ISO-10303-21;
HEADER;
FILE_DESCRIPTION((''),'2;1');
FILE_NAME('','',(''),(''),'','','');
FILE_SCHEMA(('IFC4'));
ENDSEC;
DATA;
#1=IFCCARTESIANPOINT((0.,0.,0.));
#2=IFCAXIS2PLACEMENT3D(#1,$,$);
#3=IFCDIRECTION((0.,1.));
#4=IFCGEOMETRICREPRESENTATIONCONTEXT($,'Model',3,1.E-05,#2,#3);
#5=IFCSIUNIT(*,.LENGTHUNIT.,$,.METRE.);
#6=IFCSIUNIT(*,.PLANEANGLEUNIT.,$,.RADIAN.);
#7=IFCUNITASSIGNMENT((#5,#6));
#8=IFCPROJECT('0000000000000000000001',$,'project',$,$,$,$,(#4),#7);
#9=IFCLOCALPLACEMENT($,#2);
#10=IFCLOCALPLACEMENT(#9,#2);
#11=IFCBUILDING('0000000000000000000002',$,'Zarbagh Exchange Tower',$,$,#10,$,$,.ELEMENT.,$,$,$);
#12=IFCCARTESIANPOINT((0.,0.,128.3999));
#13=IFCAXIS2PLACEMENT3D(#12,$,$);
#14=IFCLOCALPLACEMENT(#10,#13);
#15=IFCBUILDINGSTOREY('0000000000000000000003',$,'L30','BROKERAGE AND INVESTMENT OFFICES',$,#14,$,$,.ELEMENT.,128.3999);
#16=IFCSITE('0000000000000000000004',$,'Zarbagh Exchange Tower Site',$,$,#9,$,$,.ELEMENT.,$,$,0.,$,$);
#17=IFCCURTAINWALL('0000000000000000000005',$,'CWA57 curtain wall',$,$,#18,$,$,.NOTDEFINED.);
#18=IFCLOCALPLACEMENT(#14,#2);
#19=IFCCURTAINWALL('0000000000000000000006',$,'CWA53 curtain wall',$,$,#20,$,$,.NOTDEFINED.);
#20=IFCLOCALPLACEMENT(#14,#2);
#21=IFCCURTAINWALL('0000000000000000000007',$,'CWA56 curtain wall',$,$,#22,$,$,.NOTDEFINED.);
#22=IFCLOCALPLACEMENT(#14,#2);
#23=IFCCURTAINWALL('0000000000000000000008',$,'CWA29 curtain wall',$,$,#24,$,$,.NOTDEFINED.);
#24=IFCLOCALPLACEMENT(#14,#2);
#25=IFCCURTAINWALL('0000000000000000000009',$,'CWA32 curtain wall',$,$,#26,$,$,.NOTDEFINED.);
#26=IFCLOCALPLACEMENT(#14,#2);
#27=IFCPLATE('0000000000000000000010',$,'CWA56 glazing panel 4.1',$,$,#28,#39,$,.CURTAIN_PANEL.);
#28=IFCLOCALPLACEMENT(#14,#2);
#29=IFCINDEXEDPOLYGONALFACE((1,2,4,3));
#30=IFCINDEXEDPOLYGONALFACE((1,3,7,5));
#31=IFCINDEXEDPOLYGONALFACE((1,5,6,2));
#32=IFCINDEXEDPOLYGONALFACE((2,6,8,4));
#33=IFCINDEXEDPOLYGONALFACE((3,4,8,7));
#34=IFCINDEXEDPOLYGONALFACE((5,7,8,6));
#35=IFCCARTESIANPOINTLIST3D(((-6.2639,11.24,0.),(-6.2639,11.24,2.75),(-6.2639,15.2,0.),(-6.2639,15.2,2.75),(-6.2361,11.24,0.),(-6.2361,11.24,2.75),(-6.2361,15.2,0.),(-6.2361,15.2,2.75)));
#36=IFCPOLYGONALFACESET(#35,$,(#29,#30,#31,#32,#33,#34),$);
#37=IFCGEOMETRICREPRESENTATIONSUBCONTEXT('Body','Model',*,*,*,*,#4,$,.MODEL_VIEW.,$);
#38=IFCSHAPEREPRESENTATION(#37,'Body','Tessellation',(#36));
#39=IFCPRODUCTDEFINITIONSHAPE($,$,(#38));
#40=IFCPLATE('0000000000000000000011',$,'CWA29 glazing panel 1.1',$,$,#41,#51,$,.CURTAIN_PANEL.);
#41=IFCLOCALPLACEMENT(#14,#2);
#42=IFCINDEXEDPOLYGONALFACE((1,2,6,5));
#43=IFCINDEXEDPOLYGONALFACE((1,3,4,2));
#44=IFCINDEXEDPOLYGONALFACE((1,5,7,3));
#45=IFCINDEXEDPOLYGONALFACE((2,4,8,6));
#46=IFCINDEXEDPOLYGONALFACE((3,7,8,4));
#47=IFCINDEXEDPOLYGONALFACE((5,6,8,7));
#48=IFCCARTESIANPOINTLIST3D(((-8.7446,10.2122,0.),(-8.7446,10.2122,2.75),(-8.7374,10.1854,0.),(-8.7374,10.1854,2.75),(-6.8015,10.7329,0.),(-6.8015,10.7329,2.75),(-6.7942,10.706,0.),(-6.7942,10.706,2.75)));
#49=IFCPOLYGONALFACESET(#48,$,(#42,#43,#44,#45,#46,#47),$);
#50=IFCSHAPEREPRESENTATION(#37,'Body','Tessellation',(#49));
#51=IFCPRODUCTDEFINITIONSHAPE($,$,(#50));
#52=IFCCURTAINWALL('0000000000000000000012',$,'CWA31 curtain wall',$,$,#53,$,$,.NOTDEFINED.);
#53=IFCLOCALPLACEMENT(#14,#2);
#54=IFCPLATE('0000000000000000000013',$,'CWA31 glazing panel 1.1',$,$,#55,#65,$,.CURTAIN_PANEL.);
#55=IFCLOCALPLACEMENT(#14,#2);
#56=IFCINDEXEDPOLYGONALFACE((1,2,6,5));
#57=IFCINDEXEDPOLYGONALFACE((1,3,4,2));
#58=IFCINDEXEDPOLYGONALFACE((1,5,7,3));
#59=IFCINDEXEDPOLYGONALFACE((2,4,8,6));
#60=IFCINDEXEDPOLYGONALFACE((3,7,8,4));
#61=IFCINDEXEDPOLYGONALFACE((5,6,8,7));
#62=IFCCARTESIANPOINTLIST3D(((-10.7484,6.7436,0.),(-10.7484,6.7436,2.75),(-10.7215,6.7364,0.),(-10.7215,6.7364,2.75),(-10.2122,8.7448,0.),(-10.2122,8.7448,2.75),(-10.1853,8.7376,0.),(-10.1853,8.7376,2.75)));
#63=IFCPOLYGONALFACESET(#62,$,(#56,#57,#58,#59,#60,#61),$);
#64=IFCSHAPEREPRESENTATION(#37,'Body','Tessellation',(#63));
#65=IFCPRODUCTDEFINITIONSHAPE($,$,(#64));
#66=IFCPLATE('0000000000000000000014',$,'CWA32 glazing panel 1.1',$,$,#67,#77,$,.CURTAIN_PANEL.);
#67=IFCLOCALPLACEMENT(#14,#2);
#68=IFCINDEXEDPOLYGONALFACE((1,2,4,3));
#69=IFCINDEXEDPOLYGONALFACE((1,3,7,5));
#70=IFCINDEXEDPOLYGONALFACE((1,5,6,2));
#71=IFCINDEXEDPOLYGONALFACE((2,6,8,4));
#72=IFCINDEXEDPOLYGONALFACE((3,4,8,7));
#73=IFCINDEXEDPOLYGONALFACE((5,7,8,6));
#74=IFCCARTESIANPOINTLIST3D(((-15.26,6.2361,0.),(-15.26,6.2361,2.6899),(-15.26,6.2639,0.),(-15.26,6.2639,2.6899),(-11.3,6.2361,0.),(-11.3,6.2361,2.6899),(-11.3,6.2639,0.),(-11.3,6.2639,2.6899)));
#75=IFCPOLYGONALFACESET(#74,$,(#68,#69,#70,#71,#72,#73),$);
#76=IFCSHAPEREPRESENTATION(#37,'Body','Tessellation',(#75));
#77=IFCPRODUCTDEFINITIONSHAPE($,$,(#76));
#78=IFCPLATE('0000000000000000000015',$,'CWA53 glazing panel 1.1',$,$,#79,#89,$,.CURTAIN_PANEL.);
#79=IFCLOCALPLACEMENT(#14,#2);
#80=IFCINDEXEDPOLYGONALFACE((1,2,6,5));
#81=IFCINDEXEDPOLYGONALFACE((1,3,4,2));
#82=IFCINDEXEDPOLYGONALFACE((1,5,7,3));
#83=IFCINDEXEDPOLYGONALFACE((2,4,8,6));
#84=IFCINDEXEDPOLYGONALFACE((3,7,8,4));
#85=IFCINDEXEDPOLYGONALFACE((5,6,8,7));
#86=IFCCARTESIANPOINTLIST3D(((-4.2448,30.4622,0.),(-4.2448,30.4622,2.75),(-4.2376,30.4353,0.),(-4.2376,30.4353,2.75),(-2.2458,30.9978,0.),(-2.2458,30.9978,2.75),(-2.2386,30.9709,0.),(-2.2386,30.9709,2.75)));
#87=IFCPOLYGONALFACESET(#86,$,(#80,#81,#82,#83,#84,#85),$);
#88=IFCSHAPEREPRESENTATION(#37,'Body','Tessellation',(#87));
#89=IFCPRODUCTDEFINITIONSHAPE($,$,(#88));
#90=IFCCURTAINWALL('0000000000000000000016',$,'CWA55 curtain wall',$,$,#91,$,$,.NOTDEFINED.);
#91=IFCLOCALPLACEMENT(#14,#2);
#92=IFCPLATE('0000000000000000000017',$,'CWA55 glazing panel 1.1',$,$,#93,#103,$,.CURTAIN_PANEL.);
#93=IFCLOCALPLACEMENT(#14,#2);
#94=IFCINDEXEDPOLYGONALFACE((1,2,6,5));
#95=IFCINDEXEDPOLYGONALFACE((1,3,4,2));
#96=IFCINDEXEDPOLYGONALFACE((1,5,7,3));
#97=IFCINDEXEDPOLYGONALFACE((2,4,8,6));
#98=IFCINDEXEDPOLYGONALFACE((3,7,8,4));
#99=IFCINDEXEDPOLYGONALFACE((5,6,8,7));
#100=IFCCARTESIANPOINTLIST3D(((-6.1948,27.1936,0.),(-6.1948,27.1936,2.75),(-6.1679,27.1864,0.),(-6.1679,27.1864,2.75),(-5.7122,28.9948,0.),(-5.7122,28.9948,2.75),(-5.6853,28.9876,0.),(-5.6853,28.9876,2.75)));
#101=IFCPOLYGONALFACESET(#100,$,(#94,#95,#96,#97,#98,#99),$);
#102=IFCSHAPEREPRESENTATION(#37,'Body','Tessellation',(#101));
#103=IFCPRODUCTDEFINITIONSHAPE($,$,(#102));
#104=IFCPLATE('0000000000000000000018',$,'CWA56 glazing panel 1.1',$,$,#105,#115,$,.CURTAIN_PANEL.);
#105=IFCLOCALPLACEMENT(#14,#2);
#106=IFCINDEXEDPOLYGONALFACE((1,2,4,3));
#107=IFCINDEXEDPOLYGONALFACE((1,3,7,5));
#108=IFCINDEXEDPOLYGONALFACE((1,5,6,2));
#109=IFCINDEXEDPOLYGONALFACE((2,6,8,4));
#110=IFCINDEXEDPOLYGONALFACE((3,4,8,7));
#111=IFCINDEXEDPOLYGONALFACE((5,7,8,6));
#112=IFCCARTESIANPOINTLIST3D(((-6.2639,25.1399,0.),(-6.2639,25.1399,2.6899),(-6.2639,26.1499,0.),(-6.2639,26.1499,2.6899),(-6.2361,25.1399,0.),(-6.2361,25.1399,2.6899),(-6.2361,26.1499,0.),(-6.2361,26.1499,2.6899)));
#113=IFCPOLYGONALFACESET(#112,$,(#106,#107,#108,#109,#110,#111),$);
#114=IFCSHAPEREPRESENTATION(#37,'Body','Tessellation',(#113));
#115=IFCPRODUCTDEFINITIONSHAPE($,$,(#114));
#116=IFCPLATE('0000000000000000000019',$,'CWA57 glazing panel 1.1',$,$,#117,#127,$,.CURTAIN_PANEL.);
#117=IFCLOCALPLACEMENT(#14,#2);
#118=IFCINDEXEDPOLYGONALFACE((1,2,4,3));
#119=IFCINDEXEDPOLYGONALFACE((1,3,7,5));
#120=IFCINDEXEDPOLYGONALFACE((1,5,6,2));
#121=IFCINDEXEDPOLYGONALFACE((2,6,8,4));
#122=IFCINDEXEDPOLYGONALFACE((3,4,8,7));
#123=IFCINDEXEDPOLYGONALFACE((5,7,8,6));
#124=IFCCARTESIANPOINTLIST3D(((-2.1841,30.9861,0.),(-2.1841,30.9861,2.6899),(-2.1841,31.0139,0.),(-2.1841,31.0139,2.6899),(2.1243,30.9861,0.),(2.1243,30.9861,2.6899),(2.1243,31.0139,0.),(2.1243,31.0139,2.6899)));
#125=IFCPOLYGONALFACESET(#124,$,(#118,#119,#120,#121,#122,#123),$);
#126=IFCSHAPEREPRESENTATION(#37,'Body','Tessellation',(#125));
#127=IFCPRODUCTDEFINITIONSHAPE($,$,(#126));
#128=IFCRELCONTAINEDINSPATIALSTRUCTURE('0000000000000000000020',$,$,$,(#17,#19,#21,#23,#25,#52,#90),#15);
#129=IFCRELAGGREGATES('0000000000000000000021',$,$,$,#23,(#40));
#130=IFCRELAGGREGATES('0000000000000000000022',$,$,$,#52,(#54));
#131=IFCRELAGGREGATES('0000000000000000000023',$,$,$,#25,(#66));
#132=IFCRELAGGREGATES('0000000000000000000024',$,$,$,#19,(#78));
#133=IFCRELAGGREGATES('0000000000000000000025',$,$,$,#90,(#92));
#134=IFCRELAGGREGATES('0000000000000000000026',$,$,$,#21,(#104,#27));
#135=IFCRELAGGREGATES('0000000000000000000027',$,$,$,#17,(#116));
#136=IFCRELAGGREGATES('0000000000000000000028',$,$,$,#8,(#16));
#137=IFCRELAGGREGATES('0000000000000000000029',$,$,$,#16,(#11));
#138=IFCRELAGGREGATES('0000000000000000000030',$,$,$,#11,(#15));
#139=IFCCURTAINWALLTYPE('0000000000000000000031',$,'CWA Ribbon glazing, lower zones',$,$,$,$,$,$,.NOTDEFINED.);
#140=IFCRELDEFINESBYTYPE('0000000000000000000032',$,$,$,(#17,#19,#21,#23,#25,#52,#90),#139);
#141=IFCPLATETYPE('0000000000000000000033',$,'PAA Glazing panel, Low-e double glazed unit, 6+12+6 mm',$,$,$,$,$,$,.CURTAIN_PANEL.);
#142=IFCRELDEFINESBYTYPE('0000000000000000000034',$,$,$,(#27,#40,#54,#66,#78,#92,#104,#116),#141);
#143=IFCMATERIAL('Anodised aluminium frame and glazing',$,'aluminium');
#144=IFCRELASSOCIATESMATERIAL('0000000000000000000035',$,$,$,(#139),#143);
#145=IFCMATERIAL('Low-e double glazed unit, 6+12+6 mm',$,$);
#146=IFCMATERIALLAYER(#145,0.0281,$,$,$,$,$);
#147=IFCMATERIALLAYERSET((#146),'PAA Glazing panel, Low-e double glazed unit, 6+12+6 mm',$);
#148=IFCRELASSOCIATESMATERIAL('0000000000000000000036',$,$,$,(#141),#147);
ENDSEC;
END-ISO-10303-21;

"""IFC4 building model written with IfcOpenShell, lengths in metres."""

from ifc_helpers import new_model, si_unit, direction, frame, origin, place, context, subcontext, project, spatial, polyline, outline, extrude, source, transform, mapped, material, layer, layer_set, type_object, element, aggregate, save


model = new_model("IFC4")

# Units and contexts
model_context = context("Model", 3, precision=1e-05, world=origin(), true_north=direction((0.0, 1.0)))
body_context = subcontext(model_context, "Body", "Model", "MODEL_VIEW")
ifc_project = project(units=[si_unit("LENGTHUNIT", "METRE"), si_unit("PLANEANGLEUNIT", "RADIAN")], contexts=[model_context])

# Site, building, storey
site_placement = place(None, origin())
site = spatial("IfcSite", under=ifc_project, at=site_placement, Name="Zarbagh Exchange Tower Site", CompositionType="ELEMENT", RefElevation=0.0)
building_placement = place(site_placement, origin())
building = spatial("IfcBuilding", under=site, at=building_placement, Name="Zarbagh Exchange Tower", CompositionType="ELEMENT")
storey_placement = place(building_placement, frame((0.0, 0.0, 128.3999)))
storey = spatial("IfcBuildingStorey", under=building, at=storey_placement, Name="L30", Description="BROKERAGE AND INVESTMENT OFFICES", CompositionType="ELEMENT", Elevation=128.3999)

# Curtain walls
ifc_material_1 = material(Name="Anodised aluminium frame and glazing", Category="aluminium")
curtain_wall_type = type_object("IfcCurtainWallType", Name="CWA Ribbon glazing, lower zones", PredefinedType="NOTDEFINED", material=ifc_material_1)
curtain_wall_1_placement = place(storey_placement, origin())
curtain_wall_1 = element("IfcCurtainWall", 1, at=curtain_wall_1_placement, inside=storey, type_object=curtain_wall_type, Name="CWA57 curtain wall", PredefinedType="NOTDEFINED")
placement = place(storey_placement, origin())
curtain_wall_2_placement = place(storey_placement, origin())
curtain_wall_2 = element("IfcCurtainWall", 2, at=curtain_wall_2_placement, inside=storey, type_object=curtain_wall_type, Name="CWA53 curtain wall", PredefinedType="NOTDEFINED")

# Curtain wall
curtain_wall_3_placement = place(storey_placement, origin())
curtain_wall_3 = element("IfcCurtainWall", 3, at=curtain_wall_3_placement, inside=storey, type_object=curtain_wall_type, Name="CWA56 curtain wall", PredefinedType="NOTDEFINED")

# Curtain wall
curtain_wall_4_placement = place(storey_placement, origin())
curtain_wall_4 = element("IfcCurtainWall", 4, at=curtain_wall_4_placement, inside=storey, type_object=curtain_wall_type, Name="CWA29 curtain wall", PredefinedType="NOTDEFINED")

# Curtain wall
curtain_wall_5_placement = place(storey_placement, origin())
curtain_wall_5 = element("IfcCurtainWall", 5, at=curtain_wall_5_placement, inside=storey, type_object=curtain_wall_type, Name="CWA32 curtain wall", PredefinedType="NOTDEFINED")

# Shared definitions
ifc_material_2 = material(Name="Low-e double glazed unit, 6+12+6 mm")
ifc_layer = layer(ifc_material_2, 0.0281)
ifc_layer_set = layer_set([ifc_layer], Name="PAA Glazing panel, Low-e double glazed unit, 6+12+6 mm")
plate_type = type_object("IfcPlateType", Name="PAA Glazing panel, Low-e double glazed unit, 6+12+6 mm", PredefinedType="CURTAIN_PANEL", material=ifc_layer_set)

# Plates
shared_shape_1 = source(origin(), body_context, "Body", "SweptSolid", [
    extrude(outline(polyline([(0.0, -0.0139), (3.96, -0.0139), (3.96, 0.0139), (0.0, 0.0139), (0.0, -0.0139)])), origin(), (0.0, 0.0, 1.0), 2.75),
])
plate_1 = element("IfcPlate", 6, at=placement, type_object=plate_type, Name="CWA56 glazing panel 4.1", PredefinedType="CURTAIN_PANEL", context=body_context, shape_type="MappedRepresentation", body=[
    mapped(shared_shape_1, transform((-6.25, 15.2, 0.0), x_axis=(0.0, -1.0, 0.0), y_axis=(1.0, 0.0, 0.0), z_axis=(0.0, 0.0, 1.0))),
])
shared_shape_2 = source(origin(), body_context, "Body", "SweptSolid", [
    extrude(outline(polyline([(0.0, -0.0139), (2.0117, -0.0139), (2.0117, 0.0139), (0.0, 0.0139), (0.0, -0.0139)])), origin(), (0.0, 0.0, 1.0), 2.75),
])
plate_2 = element("IfcPlate", 7, at=placement, type_object=plate_type, Name="CWA29 glazing panel 1.1", PredefinedType="CURTAIN_PANEL", context=body_context, shape_type="MappedRepresentation", body=[
    mapped(shared_shape_2, transform((-6.7979, 10.7195, 0.0), x_axis=(-0.965924, -0.258825, 0.0), y_axis=(0.258825, -0.965924, 0.0), z_axis=(0.0, 0.0, 1.0))),
])
aggregate(curtain_wall_4, [plate_2])

# Curtain wall, plate
curtain_wall_6_placement = place(storey_placement, origin())
curtain_wall_6 = element("IfcCurtainWall", 8, at=curtain_wall_6_placement, inside=storey, type_object=curtain_wall_type, Name="CWA31 curtain wall", PredefinedType="NOTDEFINED")
shared_shape_3 = source(origin(), body_context, "Body", "SweptSolid", [
    extrude(outline(polyline([(0.0, -0.0139), (2.0718, -0.0139), (2.0718, 0.0139), (0.0, 0.0139), (0.0, -0.0139)])), origin(), (0.0, 0.0, 1.0), 2.75),
])
plate_3 = element("IfcPlate", 9, at=placement, type_object=plate_type, Name="CWA31 glazing panel 1.1", PredefinedType="CURTAIN_PANEL", context=body_context, shape_type="MappedRepresentation", body=[
    mapped(shared_shape_3, transform((-10.1987, 8.7412, 0.0), x_axis=(-0.258825, -0.965924, 0.0), y_axis=(0.965924, -0.258825, 0.0), z_axis=(0.0, 0.0, 1.0))),
])
aggregate(curtain_wall_6, [plate_3])

# Plates
shared_shape_4 = source(origin(), body_context, "Body", "SweptSolid", [
    extrude(outline(polyline([(0.0, -0.0139), (3.96, -0.0139), (3.96, 0.0139), (0.0, 0.0139), (0.0, -0.0139)])), origin(), (0.0, 0.0, 1.0), 2.6899),
])
plate_4 = element("IfcPlate", 10, at=placement, type_object=plate_type, Name="CWA32 glazing panel 1.1", PredefinedType="CURTAIN_PANEL", context=body_context, shape_type="MappedRepresentation", body=[
    mapped(shared_shape_4, transform((-11.3, 6.25, 0.0), x_axis=(-1.0, 0.0, 0.0), y_axis=(0.0, -1.0, 0.0), z_axis=(0.0, 0.0, 1.0))),
])
aggregate(curtain_wall_5, [plate_4])
shared_shape_5 = source(origin(), body_context, "Body", "SweptSolid", [
    extrude(outline(polyline([(0.0, -0.0139), (2.0696, -0.0139), (2.0696, 0.0139), (0.0, 0.0139), (0.0, -0.0139)])), origin(), (0.0, 0.0, 1.0), 2.75),
])
plate_5 = element("IfcPlate", 11, at=placement, type_object=plate_type, Name="CWA53 glazing panel 1.1", PredefinedType="CURTAIN_PANEL", context=body_context, shape_type="MappedRepresentation", body=[
    mapped(shared_shape_5, transform((-2.2422, 30.9844, 0.0), x_axis=(-0.965924, -0.258825, 0.0), y_axis=(0.258825, -0.965924, 0.0), z_axis=(0.0, 0.0, 1.0))),
])
aggregate(curtain_wall_2, [plate_5])

# Curtain wall, plate
curtain_wall_7_placement = place(storey_placement, origin())
curtain_wall_7 = element("IfcCurtainWall", 12, at=curtain_wall_7_placement, inside=storey, type_object=curtain_wall_type, Name="CWA55 curtain wall", PredefinedType="NOTDEFINED")
shared_shape_6 = source(origin(), body_context, "Body", "SweptSolid", [
    extrude(outline(polyline([(0.0, -0.0139), (1.8647, -0.0139), (1.8647, 0.0139), (0.0, 0.0139), (0.0, -0.0139)])), origin(), (0.0, 0.0, 1.0), 2.75),
])
plate_6 = element("IfcPlate", 13, at=placement, type_object=plate_type, Name="CWA55 glazing panel 1.1", PredefinedType="CURTAIN_PANEL", context=body_context, shape_type="MappedRepresentation", body=[
    mapped(shared_shape_6, transform((-5.6987, 28.9912, 0.0), x_axis=(-0.258825, -0.965924, 0.0), y_axis=(0.965924, -0.258825, 0.0), z_axis=(0.0, 0.0, 1.0))),
])
aggregate(curtain_wall_7, [plate_6])

# Plates
shared_shape_7 = source(origin(), body_context, "Body", "SweptSolid", [
    extrude(outline(polyline([(0.0, -0.0139), (1.01, -0.0139), (1.01, 0.0139), (0.0, 0.0139), (0.0, -0.0139)])), origin(), (0.0, 0.0, 1.0), 2.6899),
])
plate_7 = element("IfcPlate", 14, at=placement, type_object=plate_type, Name="CWA56 glazing panel 1.1", PredefinedType="CURTAIN_PANEL", context=body_context, shape_type="MappedRepresentation", body=[
    mapped(shared_shape_7, transform((-6.25, 26.1499, 0.0), x_axis=(0.0, -1.0, 0.0), y_axis=(1.0, 0.0, 0.0), z_axis=(0.0, 0.0, 1.0))),
])
aggregate(curtain_wall_3, [plate_7, plate_1])
shared_shape_8 = source(origin(), body_context, "Body", "SweptSolid", [
    extrude(outline(polyline([(0.0, -0.0139), (4.3083, -0.0139), (4.3083, 0.0139), (0.0, 0.0139), (0.0, -0.0139)])), origin(), (0.0, 0.0, 1.0), 2.6899),
])
plate_8 = element("IfcPlate", 15, at=placement, type_object=plate_type, Name="CWA57 glazing panel 1.1", PredefinedType="CURTAIN_PANEL", context=body_context, shape_type="MappedRepresentation", body=[
    mapped(shared_shape_8, transform((2.1243, 31.0, 0.0), x_axis=(-1.0, 0.0, 0.0), y_axis=(0.0, -1.0, 0.0), z_axis=(0.0, 0.0, 1.0))),
])
aggregate(curtain_wall_1, [plate_8])

save(model, "model.ifc")
